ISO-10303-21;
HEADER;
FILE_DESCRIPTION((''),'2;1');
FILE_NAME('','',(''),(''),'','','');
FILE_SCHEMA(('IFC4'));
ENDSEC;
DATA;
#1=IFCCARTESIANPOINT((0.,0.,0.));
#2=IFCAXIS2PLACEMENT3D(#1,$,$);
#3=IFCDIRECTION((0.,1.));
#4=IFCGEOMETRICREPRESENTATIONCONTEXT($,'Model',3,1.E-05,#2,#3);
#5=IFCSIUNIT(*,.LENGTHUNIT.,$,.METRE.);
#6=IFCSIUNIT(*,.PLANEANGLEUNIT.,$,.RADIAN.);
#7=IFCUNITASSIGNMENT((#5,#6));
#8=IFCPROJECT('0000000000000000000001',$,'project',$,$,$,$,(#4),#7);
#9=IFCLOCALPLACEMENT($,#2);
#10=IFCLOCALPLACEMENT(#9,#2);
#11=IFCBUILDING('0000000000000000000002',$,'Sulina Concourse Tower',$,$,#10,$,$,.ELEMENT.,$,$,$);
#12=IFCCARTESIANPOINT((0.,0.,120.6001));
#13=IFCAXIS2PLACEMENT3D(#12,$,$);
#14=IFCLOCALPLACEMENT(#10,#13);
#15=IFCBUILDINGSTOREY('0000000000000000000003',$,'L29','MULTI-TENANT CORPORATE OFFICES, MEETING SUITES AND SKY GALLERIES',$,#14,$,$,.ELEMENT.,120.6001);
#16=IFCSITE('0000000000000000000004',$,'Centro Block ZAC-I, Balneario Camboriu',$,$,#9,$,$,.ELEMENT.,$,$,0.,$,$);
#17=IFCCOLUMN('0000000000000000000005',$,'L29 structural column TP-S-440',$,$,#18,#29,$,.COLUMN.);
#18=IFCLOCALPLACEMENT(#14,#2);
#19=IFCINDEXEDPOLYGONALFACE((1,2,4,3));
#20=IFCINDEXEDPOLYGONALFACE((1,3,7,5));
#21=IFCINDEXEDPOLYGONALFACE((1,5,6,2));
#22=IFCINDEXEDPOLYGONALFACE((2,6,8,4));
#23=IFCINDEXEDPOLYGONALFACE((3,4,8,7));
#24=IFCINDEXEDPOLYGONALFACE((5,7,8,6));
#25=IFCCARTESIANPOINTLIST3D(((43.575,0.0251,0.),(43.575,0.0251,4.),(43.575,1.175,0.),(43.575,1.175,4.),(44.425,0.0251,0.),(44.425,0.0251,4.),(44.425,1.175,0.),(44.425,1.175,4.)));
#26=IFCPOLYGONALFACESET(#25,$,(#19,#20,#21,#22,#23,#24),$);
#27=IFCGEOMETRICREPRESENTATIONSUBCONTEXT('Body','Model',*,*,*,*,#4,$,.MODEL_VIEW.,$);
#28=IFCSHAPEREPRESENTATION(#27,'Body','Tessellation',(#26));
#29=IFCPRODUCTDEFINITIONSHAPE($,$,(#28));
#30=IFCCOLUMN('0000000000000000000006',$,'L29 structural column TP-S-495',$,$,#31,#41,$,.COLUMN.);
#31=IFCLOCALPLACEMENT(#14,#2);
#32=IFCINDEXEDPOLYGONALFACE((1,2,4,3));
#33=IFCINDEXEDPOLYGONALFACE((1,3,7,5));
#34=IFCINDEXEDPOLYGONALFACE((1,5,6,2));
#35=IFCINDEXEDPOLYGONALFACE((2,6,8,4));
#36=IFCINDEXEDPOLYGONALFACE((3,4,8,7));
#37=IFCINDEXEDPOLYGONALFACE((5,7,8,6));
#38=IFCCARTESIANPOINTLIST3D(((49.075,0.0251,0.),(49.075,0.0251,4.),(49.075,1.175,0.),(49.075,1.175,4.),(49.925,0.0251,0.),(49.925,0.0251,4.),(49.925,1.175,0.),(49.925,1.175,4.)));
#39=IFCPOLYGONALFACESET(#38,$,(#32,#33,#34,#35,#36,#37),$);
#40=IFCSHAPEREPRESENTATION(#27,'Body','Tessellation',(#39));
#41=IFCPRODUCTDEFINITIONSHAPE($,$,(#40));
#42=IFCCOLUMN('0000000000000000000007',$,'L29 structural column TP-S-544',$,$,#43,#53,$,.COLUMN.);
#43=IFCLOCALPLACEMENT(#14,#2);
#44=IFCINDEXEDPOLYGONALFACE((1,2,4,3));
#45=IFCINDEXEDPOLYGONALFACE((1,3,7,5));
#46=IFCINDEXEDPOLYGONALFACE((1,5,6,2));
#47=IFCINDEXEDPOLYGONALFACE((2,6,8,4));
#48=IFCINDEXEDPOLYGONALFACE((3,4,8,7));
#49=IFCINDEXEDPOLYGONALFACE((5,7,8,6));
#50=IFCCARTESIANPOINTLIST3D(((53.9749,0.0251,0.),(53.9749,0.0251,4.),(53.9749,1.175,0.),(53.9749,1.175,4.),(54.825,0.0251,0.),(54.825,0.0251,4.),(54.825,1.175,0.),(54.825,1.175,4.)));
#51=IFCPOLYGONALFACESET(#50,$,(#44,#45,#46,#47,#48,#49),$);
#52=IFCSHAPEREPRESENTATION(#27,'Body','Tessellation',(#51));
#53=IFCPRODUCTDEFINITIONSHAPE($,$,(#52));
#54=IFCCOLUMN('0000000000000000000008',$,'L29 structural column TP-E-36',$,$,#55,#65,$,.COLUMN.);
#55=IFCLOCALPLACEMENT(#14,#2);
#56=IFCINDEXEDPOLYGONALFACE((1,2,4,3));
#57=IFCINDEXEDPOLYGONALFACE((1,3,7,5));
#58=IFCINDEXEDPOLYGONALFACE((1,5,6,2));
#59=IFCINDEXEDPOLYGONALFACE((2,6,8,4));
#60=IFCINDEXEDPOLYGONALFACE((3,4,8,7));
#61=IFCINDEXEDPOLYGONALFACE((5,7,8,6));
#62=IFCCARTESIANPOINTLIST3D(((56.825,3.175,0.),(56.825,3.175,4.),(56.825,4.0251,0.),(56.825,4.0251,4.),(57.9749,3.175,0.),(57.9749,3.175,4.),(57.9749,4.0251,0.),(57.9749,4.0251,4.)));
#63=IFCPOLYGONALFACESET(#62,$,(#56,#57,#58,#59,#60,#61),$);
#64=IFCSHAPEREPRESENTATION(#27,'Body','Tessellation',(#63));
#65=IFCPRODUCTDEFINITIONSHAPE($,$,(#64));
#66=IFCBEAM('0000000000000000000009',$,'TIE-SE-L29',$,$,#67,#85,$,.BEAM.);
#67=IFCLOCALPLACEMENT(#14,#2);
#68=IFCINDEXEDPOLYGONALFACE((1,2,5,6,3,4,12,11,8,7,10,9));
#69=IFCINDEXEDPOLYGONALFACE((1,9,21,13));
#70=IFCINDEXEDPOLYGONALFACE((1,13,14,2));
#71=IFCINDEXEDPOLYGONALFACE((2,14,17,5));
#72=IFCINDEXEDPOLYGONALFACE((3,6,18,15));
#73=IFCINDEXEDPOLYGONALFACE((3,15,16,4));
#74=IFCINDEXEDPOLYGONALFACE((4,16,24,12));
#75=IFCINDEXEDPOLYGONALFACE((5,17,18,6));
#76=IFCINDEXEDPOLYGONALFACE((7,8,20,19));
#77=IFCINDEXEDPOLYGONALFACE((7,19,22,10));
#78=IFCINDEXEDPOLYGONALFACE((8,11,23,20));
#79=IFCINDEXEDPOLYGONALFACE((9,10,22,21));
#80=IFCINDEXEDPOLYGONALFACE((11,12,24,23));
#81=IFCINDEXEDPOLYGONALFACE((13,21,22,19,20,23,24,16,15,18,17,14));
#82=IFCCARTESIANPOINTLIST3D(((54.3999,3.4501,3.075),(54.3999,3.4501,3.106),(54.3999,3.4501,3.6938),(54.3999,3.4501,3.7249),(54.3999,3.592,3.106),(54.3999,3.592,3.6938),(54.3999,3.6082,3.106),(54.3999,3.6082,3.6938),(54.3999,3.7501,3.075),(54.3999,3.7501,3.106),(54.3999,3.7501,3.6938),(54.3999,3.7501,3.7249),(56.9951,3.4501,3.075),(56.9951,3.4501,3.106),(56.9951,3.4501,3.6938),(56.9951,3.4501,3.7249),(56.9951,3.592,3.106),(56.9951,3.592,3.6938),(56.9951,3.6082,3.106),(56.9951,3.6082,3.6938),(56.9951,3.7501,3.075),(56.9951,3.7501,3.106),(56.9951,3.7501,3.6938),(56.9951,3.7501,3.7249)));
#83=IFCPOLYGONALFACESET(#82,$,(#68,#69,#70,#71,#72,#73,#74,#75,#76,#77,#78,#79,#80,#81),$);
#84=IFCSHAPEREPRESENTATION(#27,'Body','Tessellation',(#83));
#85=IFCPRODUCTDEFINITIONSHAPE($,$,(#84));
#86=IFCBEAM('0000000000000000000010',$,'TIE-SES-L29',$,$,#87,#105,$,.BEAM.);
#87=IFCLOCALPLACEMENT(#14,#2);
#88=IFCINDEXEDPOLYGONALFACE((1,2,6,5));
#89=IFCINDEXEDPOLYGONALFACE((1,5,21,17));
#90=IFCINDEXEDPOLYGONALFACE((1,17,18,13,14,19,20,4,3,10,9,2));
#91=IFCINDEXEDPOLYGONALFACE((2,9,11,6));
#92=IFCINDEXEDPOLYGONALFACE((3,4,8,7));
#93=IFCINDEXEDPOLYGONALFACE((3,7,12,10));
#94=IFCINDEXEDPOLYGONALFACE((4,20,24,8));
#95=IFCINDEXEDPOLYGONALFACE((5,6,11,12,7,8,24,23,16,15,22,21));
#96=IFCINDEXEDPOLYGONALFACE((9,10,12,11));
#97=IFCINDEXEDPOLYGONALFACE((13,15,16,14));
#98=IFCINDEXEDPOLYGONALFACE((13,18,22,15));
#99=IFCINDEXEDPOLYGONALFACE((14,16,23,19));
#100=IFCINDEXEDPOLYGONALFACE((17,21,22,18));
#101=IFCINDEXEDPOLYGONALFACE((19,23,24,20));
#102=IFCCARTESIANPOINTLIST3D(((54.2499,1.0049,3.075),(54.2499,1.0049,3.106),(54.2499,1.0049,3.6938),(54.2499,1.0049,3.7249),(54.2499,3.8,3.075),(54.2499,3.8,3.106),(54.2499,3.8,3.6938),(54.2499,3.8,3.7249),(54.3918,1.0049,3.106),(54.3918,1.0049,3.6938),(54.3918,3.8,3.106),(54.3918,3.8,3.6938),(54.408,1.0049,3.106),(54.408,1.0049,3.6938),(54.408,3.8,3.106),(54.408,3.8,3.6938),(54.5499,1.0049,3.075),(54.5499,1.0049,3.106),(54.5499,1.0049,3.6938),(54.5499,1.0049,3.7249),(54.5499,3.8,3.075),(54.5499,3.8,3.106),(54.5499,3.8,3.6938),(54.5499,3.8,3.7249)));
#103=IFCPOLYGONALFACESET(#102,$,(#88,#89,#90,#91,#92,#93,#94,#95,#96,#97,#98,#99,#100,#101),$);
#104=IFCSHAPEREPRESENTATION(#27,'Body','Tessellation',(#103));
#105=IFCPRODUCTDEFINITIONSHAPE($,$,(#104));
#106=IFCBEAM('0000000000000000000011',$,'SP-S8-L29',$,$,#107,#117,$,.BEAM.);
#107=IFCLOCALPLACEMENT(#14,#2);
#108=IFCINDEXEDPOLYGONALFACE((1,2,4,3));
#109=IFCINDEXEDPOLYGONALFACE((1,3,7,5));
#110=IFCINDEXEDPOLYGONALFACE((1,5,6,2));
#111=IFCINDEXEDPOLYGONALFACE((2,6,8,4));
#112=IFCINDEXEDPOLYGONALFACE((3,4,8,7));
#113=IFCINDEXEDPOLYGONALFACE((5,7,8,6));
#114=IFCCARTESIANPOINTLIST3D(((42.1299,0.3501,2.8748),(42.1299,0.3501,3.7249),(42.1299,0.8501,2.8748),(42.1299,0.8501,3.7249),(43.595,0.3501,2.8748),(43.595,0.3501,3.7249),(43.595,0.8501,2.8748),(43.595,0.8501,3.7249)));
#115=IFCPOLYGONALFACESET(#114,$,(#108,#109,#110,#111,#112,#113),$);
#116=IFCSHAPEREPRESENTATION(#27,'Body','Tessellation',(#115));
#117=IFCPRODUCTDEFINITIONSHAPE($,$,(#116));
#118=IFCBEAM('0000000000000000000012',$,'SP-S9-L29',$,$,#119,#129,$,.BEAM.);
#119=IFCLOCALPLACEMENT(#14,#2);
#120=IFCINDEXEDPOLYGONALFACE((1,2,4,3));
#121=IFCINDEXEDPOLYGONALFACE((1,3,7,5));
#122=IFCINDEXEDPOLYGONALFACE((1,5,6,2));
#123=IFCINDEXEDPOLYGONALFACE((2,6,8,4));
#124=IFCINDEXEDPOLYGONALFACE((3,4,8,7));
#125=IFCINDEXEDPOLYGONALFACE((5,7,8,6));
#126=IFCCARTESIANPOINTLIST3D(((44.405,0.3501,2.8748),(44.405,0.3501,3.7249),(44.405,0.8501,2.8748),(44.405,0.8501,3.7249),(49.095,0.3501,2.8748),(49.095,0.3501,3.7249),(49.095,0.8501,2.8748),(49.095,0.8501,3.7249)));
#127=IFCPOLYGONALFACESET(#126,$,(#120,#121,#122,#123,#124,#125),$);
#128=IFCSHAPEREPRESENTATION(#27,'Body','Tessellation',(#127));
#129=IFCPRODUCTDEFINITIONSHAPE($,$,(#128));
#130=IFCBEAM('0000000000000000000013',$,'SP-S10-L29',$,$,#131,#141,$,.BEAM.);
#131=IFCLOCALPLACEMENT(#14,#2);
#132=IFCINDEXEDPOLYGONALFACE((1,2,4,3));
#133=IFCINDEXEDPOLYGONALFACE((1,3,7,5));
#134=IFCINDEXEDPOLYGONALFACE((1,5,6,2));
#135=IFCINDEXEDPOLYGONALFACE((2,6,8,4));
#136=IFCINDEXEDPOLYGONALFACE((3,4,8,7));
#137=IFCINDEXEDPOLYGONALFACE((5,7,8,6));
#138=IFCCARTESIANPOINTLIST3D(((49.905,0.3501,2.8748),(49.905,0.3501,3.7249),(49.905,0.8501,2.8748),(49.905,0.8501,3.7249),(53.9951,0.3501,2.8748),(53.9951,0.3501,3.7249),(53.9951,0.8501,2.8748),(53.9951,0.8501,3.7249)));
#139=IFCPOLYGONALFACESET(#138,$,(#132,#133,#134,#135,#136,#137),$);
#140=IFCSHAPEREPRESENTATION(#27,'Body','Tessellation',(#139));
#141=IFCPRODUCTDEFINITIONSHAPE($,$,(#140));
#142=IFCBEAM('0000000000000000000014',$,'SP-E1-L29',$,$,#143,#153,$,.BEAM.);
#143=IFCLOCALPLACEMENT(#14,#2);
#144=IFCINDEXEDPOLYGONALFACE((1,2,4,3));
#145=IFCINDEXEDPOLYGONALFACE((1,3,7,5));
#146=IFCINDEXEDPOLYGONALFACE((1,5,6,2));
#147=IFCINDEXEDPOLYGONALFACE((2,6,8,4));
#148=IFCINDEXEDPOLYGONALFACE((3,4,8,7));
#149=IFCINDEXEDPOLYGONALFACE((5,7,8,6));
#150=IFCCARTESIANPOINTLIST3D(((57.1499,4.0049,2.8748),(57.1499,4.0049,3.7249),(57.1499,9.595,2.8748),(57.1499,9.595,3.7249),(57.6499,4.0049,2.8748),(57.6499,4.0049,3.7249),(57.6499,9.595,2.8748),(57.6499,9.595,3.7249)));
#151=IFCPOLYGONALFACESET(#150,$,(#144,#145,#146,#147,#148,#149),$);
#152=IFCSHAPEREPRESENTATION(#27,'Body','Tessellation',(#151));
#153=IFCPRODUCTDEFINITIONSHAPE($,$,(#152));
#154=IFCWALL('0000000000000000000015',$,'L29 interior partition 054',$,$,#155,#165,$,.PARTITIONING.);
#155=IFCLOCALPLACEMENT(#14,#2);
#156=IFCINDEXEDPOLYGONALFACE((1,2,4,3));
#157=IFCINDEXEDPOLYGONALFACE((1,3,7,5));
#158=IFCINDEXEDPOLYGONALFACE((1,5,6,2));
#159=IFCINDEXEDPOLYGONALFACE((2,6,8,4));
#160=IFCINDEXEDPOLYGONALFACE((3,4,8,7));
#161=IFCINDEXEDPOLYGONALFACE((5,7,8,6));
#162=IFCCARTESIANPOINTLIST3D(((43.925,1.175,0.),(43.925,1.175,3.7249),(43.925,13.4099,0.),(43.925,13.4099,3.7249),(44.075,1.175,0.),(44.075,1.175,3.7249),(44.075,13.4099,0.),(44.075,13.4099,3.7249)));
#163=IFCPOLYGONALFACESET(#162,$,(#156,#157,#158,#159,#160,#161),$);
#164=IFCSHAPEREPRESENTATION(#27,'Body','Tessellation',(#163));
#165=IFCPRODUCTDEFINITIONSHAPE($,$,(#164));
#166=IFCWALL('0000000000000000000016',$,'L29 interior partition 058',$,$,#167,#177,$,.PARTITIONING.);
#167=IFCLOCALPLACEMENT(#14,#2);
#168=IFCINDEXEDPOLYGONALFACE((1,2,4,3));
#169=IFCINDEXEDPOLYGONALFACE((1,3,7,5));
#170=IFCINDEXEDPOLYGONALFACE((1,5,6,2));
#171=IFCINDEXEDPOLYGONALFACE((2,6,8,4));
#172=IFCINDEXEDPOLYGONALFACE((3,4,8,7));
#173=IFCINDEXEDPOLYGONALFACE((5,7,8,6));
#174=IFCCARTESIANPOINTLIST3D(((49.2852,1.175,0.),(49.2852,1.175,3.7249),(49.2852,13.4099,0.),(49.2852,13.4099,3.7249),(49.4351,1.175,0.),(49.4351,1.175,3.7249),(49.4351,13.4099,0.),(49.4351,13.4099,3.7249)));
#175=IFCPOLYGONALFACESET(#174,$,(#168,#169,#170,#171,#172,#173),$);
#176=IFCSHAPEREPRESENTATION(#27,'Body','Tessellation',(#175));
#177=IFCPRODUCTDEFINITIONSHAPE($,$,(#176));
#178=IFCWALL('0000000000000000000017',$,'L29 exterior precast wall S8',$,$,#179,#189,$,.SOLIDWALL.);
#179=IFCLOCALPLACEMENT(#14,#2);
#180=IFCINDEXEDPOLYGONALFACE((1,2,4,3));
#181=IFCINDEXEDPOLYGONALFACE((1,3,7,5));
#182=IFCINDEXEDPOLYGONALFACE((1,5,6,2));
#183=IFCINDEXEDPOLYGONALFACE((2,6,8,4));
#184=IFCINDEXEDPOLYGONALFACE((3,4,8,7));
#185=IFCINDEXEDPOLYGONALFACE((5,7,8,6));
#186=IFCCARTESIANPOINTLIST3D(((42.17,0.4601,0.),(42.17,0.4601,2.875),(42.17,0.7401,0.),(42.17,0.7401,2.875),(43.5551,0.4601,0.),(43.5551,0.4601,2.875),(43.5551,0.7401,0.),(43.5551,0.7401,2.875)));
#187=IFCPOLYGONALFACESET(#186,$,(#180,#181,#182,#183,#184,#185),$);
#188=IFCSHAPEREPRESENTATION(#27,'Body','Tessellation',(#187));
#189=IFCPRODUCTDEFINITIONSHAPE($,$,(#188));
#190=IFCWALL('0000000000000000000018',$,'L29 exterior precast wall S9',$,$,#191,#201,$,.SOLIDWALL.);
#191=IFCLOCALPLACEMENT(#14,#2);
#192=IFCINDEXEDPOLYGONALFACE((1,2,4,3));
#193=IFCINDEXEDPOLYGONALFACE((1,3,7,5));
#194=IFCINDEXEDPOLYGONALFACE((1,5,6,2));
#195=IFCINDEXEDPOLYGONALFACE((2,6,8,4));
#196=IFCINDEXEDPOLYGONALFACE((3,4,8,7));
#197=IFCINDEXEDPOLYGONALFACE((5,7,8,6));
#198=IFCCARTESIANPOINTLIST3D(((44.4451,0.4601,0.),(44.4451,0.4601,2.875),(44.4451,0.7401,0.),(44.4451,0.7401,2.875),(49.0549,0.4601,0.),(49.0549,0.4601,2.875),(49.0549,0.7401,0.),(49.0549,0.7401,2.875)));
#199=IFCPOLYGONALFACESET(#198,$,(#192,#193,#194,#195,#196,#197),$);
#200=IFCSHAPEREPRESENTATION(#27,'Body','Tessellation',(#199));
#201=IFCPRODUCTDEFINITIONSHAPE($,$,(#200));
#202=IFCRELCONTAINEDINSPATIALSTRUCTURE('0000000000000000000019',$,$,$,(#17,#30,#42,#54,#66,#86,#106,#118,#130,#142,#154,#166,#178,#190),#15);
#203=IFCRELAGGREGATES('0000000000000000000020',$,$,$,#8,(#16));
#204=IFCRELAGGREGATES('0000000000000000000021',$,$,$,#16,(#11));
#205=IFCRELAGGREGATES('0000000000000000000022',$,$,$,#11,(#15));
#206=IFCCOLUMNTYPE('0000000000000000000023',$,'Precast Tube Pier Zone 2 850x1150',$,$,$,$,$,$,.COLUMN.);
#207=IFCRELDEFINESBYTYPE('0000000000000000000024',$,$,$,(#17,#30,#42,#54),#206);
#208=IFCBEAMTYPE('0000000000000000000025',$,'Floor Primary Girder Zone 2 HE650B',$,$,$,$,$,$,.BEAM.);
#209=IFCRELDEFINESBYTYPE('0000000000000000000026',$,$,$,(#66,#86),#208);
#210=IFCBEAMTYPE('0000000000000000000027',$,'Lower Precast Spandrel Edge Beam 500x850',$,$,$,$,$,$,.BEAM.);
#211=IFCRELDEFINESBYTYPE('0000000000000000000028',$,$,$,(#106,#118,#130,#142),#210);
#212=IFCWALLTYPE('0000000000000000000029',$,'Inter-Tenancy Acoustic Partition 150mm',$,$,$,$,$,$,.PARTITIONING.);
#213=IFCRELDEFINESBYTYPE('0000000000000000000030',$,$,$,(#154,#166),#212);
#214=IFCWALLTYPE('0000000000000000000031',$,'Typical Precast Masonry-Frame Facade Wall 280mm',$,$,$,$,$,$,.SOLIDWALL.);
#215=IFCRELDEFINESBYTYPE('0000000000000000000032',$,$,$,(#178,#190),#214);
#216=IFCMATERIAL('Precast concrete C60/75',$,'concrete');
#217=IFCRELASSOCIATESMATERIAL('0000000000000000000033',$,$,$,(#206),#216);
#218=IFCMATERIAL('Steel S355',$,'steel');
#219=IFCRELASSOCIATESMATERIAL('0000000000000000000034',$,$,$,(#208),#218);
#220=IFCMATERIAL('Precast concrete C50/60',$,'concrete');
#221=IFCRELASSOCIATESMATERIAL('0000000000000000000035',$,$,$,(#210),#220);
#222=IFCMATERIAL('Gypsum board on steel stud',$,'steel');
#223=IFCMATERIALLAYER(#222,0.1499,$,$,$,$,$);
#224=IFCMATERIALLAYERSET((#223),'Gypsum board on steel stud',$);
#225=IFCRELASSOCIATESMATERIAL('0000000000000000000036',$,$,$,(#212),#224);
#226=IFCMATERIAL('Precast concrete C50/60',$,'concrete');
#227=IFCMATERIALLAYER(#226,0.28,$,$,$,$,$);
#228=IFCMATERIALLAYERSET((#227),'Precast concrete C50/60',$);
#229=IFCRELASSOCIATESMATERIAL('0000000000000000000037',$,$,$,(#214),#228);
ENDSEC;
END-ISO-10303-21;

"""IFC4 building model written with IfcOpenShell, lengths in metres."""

from ifc_helpers import new_model, si_unit, direction, frame, frame_2d, origin, origin_2d, place, context, subcontext, project, spatial, rectangle, i_section, extrude, material, layer, layer_set, material_profile, profile_set, type_object, element, save


model = new_model("IFC4")

# Units and contexts
model_context = context("Model", 3, precision=1e-05, world=origin(), true_north=direction((0.0, 1.0)))
body_context = subcontext(model_context, "Body", "Model", "MODEL_VIEW")
ifc_project = project(units=[si_unit("LENGTHUNIT", "METRE"), si_unit("PLANEANGLEUNIT", "RADIAN")], contexts=[model_context])

# Site, building, storey
site_placement = place(None, origin())
site = spatial("IfcSite", under=ifc_project, at=site_placement, Name="Centro Block ZAC-I, Balneario Camboriu", CompositionType="ELEMENT", RefElevation=0.0)
building_placement = place(site_placement, origin())
building = spatial("IfcBuilding", under=site, at=building_placement, Name="Sulina Concourse Tower", CompositionType="ELEMENT")
storey_placement = place(building_placement, frame((0.0, 0.0, 120.6001)))
storey = spatial("IfcBuildingStorey", under=building, at=storey_placement, Name="L29", Description="MULTI-TENANT CORPORATE OFFICES, MEETING SUITES AND SKY GALLERIES", CompositionType="ELEMENT", Elevation=120.6001)

# Columns
ifc_material_1 = material(Name="Precast concrete C60/75", Category="concrete")
ifc_material_profile_1 = material_profile(ifc_material_1, rectangle(XDim=0.8501, YDim=1.1499, at=origin_2d()), Name="PC 850x1150")
ifc_profile_set_1 = profile_set([ifc_material_profile_1], Name="Precast concrete C60/75")
column_type = type_object("IfcColumnType", Name="Precast Tube Pier Zone 2 850x1150", PredefinedType="COLUMN", material=ifc_profile_set_1)
for number, where, z_axis, x_axis, name in (
    (1, (44.0, 0.6001, 0.0), (0.0, 0.0, 1.0), (1.0, 0.0, 0.0), "L29 structural column TP-S-440"),
    (2, (49.5, 0.6001, 0.0), (0.0, 0.0, 1.0), (1.0, 0.0, 0.0), "L29 structural column TP-S-495"),
    (3, (54.3999, 0.6001, 0.0), (0.0, 0.0, 1.0), (1.0, 0.0, 0.0), "L29 structural column TP-S-544"),
    (4, (57.3999, 3.6001, 0.0), (0.0, 0.0, 1.0), (0.0, 1.0, 0.0), "L29 structural column TP-E-36"),
):
    element("IfcColumn", number, at=place(storey_placement, frame(where, z_axis=z_axis, x_axis=x_axis)), inside=storey, type_object=column_type, Name=name, PredefinedType="COLUMN", context=body_context, shape_type="SweptSolid", body=[
        extrude(rectangle(XDim=0.8501, YDim=1.1499, at=origin_2d()), origin(), (0.0, 0.0, 1.0), 4.0),
    ])

# Beams
ifc_material_2 = material(Name="Steel S355", Category="steel")
ifc_material_profile_2 = material_profile(ifc_material_2, i_section(OverallWidth=0.3, OverallDepth=0.6499, WebThickness=0.0161, FlangeThickness=0.031, at=origin_2d()), Name="HE 650 B")
ifc_profile_set_2 = profile_set([ifc_material_profile_2], Name="Steel S355")
beam_type_1 = type_object("IfcBeamType", Name="Floor Primary Girder Zone 2 HE650B", PredefinedType="BEAM", material=ifc_profile_set_2)
beam_1_placement = place(storey_placement, frame((54.3999, 3.6001, 3.3999), z_axis=(1.0, 0.0, 0.0), x_axis=(0.0, 1.0, 0.0)))
element("IfcBeam", 5, at=beam_1_placement, inside=storey, type_object=beam_type_1, Name="TIE-SE-L29", PredefinedType="BEAM", context=body_context, shape_type="SweptSolid", body=[
    extrude(i_section(OverallWidth=0.3, OverallDepth=0.6499, WebThickness=0.0161, FlangeThickness=0.031, at=origin_2d()), origin(), (0.0, 0.0, 1.0), 2.5952),
])
beam_2_placement = place(storey_placement, frame((54.3999, 1.0049, 3.3999), z_axis=(0.0, 1.0, 0.0), x_axis=(-1.0, 0.0, 0.0)))
element("IfcBeam", 6, at=beam_2_placement, inside=storey, type_object=beam_type_1, Name="TIE-SES-L29", PredefinedType="BEAM", context=body_context, shape_type="SweptSolid", body=[
    extrude(i_section(OverallWidth=0.3, OverallDepth=0.6499, WebThickness=0.0161, FlangeThickness=0.031, at=origin_2d()), origin(), (0.0, 0.0, 1.0), 2.7952),
])
ifc_material_3 = material(Name="Precast concrete C50/60", Category="concrete")
ifc_material_profile_3 = material_profile(ifc_material_3, rectangle(XDim=0.5, YDim=0.8501, at=origin_2d()), Name="RC 500x850")
ifc_profile_set_3 = profile_set([ifc_material_profile_3], Name="Precast concrete C50/60")
beam_type_2 = type_object("IfcBeamType", Name="Lower Precast Spandrel Edge Beam 500x850", PredefinedType="BEAM", material=ifc_profile_set_3)
beam_3_placement = place(storey_placement, frame((42.1299, 0.6001, 3.2998), z_axis=(1.0, 0.0, 0.0), x_axis=(0.0, 1.0, 0.0)))
element("IfcBeam", 7, at=beam_3_placement, inside=storey, type_object=beam_type_2, Name="SP-S8-L29", PredefinedType="BEAM", context=body_context, shape_type="SweptSolid", body=[
    extrude(rectangle(XDim=0.5, YDim=0.8501, at=origin_2d()), origin(), (0.0, 0.0, 1.0), 1.4651),
])
beam_4_placement = place(storey_placement, frame((44.405, 0.6001, 3.2998), z_axis=(1.0, 0.0, 0.0), x_axis=(0.0, 1.0, 0.0)))
element("IfcBeam", 8, at=beam_4_placement, inside=storey, type_object=beam_type_2, Name="SP-S9-L29", PredefinedType="BEAM", context=body_context, shape_type="SweptSolid", body=[
    extrude(rectangle(XDim=0.5, YDim=0.8501, at=origin_2d()), origin(), (0.0, 0.0, 1.0), 4.6899),
])
beam_5_placement = place(storey_placement, frame((49.905, 0.6001, 3.2998), z_axis=(1.0, 0.0, 0.0), x_axis=(0.0, 1.0, 0.0)))
element("IfcBeam", 9, at=beam_5_placement, inside=storey, type_object=beam_type_2, Name="SP-S10-L29", PredefinedType="BEAM", context=body_context, shape_type="SweptSolid", body=[
    extrude(rectangle(XDim=0.5, YDim=0.8501, at=origin_2d()), origin(), (0.0, 0.0, 1.0), 4.0901),
])
beam_6_placement = place(storey_placement, frame((57.3999, 4.0049, 3.2998), z_axis=(0.0, 1.0, 0.0), x_axis=(-1.0, 0.0, 0.0)))
element("IfcBeam", 10, at=beam_6_placement, inside=storey, type_object=beam_type_2, Name="SP-E1-L29", PredefinedType="BEAM", context=body_context, shape_type="SweptSolid", body=[
    extrude(rectangle(XDim=0.5, YDim=0.8501, at=origin_2d()), origin(), (0.0, 0.0, 1.0), 5.5901),
])

# Walls
ifc_material_4 = material(Name="Gypsum board on steel stud", Category="steel")
ifc_layer_1 = layer(ifc_material_4, 0.1499)
ifc_layer_set_1 = layer_set([ifc_layer_1], Name="Gypsum board on steel stud")
wall_type_1 = type_object("IfcWallType", Name="Inter-Tenancy Acoustic Partition 150mm", PredefinedType="PARTITIONING", material=ifc_layer_set_1)
for number, where, z_axis, x_axis, name in (
    (11, (44.0, 1.175, 0.0), (0.0, 0.0, 1.0), (0.0, 1.0, 0.0), "L29 interior partition 054"),
    (12, (49.3601, 1.175, 0.0), (0.0, 0.0, 1.0), (0.0, 1.0, 0.0), "L29 interior partition 058"),
):
    element("IfcWall", number, at=place(storey_placement, frame(where, z_axis=z_axis, x_axis=x_axis)), inside=storey, type_object=wall_type_1, Name=name, PredefinedType="PARTITIONING", context=body_context, shape_type="SweptSolid", body=[
        extrude(rectangle(XDim=12.2349, YDim=0.1499, at=frame_2d((6.1174, 0.0))), origin(), (0.0, 0.0, 1.0), 3.7249),
    ])
ifc_material_5 = material(Name="Precast concrete C50/60", Category="concrete")
ifc_layer_2 = layer(ifc_material_5, 0.28)
ifc_layer_set_2 = layer_set([ifc_layer_2], Name="Precast concrete C50/60")
wall_type_2 = type_object("IfcWallType", Name="Typical Precast Masonry-Frame Facade Wall 280mm", PredefinedType="SOLIDWALL", material=ifc_layer_set_2)
wall_1_placement = place(storey_placement, frame((43.5549, 0.6001, 0.0), z_axis=(0.0, 0.0, 1.0), x_axis=(-1.0, 0.0, 0.0)))
element("IfcWall", 13, at=wall_1_placement, inside=storey, type_object=wall_type_2, Name="L29 exterior precast wall S8", PredefinedType="SOLIDWALL", context=body_context, shape_type="SweptSolid", body=[
    extrude(rectangle(XDim=1.385, YDim=0.28, at=frame_2d((0.6924, 0.0))), origin(), (0.0, 0.0, 1.0), 2.875),
])
wall_2_placement = place(storey_placement, frame((49.0549, 0.6001, 0.0), z_axis=(0.0, 0.0, 1.0), x_axis=(-1.0, 0.0, 0.0)))
element("IfcWall", 14, at=wall_2_placement, inside=storey, type_object=wall_type_2, Name="L29 exterior precast wall S9", PredefinedType="SOLIDWALL", context=body_context, shape_type="SweptSolid", body=[
    extrude(rectangle(XDim=4.6099, YDim=0.28, at=frame_2d((2.3049, 0.0))), origin(), (0.0, 0.0, 1.0), 2.875),
])

save(model, "model.ifc")
